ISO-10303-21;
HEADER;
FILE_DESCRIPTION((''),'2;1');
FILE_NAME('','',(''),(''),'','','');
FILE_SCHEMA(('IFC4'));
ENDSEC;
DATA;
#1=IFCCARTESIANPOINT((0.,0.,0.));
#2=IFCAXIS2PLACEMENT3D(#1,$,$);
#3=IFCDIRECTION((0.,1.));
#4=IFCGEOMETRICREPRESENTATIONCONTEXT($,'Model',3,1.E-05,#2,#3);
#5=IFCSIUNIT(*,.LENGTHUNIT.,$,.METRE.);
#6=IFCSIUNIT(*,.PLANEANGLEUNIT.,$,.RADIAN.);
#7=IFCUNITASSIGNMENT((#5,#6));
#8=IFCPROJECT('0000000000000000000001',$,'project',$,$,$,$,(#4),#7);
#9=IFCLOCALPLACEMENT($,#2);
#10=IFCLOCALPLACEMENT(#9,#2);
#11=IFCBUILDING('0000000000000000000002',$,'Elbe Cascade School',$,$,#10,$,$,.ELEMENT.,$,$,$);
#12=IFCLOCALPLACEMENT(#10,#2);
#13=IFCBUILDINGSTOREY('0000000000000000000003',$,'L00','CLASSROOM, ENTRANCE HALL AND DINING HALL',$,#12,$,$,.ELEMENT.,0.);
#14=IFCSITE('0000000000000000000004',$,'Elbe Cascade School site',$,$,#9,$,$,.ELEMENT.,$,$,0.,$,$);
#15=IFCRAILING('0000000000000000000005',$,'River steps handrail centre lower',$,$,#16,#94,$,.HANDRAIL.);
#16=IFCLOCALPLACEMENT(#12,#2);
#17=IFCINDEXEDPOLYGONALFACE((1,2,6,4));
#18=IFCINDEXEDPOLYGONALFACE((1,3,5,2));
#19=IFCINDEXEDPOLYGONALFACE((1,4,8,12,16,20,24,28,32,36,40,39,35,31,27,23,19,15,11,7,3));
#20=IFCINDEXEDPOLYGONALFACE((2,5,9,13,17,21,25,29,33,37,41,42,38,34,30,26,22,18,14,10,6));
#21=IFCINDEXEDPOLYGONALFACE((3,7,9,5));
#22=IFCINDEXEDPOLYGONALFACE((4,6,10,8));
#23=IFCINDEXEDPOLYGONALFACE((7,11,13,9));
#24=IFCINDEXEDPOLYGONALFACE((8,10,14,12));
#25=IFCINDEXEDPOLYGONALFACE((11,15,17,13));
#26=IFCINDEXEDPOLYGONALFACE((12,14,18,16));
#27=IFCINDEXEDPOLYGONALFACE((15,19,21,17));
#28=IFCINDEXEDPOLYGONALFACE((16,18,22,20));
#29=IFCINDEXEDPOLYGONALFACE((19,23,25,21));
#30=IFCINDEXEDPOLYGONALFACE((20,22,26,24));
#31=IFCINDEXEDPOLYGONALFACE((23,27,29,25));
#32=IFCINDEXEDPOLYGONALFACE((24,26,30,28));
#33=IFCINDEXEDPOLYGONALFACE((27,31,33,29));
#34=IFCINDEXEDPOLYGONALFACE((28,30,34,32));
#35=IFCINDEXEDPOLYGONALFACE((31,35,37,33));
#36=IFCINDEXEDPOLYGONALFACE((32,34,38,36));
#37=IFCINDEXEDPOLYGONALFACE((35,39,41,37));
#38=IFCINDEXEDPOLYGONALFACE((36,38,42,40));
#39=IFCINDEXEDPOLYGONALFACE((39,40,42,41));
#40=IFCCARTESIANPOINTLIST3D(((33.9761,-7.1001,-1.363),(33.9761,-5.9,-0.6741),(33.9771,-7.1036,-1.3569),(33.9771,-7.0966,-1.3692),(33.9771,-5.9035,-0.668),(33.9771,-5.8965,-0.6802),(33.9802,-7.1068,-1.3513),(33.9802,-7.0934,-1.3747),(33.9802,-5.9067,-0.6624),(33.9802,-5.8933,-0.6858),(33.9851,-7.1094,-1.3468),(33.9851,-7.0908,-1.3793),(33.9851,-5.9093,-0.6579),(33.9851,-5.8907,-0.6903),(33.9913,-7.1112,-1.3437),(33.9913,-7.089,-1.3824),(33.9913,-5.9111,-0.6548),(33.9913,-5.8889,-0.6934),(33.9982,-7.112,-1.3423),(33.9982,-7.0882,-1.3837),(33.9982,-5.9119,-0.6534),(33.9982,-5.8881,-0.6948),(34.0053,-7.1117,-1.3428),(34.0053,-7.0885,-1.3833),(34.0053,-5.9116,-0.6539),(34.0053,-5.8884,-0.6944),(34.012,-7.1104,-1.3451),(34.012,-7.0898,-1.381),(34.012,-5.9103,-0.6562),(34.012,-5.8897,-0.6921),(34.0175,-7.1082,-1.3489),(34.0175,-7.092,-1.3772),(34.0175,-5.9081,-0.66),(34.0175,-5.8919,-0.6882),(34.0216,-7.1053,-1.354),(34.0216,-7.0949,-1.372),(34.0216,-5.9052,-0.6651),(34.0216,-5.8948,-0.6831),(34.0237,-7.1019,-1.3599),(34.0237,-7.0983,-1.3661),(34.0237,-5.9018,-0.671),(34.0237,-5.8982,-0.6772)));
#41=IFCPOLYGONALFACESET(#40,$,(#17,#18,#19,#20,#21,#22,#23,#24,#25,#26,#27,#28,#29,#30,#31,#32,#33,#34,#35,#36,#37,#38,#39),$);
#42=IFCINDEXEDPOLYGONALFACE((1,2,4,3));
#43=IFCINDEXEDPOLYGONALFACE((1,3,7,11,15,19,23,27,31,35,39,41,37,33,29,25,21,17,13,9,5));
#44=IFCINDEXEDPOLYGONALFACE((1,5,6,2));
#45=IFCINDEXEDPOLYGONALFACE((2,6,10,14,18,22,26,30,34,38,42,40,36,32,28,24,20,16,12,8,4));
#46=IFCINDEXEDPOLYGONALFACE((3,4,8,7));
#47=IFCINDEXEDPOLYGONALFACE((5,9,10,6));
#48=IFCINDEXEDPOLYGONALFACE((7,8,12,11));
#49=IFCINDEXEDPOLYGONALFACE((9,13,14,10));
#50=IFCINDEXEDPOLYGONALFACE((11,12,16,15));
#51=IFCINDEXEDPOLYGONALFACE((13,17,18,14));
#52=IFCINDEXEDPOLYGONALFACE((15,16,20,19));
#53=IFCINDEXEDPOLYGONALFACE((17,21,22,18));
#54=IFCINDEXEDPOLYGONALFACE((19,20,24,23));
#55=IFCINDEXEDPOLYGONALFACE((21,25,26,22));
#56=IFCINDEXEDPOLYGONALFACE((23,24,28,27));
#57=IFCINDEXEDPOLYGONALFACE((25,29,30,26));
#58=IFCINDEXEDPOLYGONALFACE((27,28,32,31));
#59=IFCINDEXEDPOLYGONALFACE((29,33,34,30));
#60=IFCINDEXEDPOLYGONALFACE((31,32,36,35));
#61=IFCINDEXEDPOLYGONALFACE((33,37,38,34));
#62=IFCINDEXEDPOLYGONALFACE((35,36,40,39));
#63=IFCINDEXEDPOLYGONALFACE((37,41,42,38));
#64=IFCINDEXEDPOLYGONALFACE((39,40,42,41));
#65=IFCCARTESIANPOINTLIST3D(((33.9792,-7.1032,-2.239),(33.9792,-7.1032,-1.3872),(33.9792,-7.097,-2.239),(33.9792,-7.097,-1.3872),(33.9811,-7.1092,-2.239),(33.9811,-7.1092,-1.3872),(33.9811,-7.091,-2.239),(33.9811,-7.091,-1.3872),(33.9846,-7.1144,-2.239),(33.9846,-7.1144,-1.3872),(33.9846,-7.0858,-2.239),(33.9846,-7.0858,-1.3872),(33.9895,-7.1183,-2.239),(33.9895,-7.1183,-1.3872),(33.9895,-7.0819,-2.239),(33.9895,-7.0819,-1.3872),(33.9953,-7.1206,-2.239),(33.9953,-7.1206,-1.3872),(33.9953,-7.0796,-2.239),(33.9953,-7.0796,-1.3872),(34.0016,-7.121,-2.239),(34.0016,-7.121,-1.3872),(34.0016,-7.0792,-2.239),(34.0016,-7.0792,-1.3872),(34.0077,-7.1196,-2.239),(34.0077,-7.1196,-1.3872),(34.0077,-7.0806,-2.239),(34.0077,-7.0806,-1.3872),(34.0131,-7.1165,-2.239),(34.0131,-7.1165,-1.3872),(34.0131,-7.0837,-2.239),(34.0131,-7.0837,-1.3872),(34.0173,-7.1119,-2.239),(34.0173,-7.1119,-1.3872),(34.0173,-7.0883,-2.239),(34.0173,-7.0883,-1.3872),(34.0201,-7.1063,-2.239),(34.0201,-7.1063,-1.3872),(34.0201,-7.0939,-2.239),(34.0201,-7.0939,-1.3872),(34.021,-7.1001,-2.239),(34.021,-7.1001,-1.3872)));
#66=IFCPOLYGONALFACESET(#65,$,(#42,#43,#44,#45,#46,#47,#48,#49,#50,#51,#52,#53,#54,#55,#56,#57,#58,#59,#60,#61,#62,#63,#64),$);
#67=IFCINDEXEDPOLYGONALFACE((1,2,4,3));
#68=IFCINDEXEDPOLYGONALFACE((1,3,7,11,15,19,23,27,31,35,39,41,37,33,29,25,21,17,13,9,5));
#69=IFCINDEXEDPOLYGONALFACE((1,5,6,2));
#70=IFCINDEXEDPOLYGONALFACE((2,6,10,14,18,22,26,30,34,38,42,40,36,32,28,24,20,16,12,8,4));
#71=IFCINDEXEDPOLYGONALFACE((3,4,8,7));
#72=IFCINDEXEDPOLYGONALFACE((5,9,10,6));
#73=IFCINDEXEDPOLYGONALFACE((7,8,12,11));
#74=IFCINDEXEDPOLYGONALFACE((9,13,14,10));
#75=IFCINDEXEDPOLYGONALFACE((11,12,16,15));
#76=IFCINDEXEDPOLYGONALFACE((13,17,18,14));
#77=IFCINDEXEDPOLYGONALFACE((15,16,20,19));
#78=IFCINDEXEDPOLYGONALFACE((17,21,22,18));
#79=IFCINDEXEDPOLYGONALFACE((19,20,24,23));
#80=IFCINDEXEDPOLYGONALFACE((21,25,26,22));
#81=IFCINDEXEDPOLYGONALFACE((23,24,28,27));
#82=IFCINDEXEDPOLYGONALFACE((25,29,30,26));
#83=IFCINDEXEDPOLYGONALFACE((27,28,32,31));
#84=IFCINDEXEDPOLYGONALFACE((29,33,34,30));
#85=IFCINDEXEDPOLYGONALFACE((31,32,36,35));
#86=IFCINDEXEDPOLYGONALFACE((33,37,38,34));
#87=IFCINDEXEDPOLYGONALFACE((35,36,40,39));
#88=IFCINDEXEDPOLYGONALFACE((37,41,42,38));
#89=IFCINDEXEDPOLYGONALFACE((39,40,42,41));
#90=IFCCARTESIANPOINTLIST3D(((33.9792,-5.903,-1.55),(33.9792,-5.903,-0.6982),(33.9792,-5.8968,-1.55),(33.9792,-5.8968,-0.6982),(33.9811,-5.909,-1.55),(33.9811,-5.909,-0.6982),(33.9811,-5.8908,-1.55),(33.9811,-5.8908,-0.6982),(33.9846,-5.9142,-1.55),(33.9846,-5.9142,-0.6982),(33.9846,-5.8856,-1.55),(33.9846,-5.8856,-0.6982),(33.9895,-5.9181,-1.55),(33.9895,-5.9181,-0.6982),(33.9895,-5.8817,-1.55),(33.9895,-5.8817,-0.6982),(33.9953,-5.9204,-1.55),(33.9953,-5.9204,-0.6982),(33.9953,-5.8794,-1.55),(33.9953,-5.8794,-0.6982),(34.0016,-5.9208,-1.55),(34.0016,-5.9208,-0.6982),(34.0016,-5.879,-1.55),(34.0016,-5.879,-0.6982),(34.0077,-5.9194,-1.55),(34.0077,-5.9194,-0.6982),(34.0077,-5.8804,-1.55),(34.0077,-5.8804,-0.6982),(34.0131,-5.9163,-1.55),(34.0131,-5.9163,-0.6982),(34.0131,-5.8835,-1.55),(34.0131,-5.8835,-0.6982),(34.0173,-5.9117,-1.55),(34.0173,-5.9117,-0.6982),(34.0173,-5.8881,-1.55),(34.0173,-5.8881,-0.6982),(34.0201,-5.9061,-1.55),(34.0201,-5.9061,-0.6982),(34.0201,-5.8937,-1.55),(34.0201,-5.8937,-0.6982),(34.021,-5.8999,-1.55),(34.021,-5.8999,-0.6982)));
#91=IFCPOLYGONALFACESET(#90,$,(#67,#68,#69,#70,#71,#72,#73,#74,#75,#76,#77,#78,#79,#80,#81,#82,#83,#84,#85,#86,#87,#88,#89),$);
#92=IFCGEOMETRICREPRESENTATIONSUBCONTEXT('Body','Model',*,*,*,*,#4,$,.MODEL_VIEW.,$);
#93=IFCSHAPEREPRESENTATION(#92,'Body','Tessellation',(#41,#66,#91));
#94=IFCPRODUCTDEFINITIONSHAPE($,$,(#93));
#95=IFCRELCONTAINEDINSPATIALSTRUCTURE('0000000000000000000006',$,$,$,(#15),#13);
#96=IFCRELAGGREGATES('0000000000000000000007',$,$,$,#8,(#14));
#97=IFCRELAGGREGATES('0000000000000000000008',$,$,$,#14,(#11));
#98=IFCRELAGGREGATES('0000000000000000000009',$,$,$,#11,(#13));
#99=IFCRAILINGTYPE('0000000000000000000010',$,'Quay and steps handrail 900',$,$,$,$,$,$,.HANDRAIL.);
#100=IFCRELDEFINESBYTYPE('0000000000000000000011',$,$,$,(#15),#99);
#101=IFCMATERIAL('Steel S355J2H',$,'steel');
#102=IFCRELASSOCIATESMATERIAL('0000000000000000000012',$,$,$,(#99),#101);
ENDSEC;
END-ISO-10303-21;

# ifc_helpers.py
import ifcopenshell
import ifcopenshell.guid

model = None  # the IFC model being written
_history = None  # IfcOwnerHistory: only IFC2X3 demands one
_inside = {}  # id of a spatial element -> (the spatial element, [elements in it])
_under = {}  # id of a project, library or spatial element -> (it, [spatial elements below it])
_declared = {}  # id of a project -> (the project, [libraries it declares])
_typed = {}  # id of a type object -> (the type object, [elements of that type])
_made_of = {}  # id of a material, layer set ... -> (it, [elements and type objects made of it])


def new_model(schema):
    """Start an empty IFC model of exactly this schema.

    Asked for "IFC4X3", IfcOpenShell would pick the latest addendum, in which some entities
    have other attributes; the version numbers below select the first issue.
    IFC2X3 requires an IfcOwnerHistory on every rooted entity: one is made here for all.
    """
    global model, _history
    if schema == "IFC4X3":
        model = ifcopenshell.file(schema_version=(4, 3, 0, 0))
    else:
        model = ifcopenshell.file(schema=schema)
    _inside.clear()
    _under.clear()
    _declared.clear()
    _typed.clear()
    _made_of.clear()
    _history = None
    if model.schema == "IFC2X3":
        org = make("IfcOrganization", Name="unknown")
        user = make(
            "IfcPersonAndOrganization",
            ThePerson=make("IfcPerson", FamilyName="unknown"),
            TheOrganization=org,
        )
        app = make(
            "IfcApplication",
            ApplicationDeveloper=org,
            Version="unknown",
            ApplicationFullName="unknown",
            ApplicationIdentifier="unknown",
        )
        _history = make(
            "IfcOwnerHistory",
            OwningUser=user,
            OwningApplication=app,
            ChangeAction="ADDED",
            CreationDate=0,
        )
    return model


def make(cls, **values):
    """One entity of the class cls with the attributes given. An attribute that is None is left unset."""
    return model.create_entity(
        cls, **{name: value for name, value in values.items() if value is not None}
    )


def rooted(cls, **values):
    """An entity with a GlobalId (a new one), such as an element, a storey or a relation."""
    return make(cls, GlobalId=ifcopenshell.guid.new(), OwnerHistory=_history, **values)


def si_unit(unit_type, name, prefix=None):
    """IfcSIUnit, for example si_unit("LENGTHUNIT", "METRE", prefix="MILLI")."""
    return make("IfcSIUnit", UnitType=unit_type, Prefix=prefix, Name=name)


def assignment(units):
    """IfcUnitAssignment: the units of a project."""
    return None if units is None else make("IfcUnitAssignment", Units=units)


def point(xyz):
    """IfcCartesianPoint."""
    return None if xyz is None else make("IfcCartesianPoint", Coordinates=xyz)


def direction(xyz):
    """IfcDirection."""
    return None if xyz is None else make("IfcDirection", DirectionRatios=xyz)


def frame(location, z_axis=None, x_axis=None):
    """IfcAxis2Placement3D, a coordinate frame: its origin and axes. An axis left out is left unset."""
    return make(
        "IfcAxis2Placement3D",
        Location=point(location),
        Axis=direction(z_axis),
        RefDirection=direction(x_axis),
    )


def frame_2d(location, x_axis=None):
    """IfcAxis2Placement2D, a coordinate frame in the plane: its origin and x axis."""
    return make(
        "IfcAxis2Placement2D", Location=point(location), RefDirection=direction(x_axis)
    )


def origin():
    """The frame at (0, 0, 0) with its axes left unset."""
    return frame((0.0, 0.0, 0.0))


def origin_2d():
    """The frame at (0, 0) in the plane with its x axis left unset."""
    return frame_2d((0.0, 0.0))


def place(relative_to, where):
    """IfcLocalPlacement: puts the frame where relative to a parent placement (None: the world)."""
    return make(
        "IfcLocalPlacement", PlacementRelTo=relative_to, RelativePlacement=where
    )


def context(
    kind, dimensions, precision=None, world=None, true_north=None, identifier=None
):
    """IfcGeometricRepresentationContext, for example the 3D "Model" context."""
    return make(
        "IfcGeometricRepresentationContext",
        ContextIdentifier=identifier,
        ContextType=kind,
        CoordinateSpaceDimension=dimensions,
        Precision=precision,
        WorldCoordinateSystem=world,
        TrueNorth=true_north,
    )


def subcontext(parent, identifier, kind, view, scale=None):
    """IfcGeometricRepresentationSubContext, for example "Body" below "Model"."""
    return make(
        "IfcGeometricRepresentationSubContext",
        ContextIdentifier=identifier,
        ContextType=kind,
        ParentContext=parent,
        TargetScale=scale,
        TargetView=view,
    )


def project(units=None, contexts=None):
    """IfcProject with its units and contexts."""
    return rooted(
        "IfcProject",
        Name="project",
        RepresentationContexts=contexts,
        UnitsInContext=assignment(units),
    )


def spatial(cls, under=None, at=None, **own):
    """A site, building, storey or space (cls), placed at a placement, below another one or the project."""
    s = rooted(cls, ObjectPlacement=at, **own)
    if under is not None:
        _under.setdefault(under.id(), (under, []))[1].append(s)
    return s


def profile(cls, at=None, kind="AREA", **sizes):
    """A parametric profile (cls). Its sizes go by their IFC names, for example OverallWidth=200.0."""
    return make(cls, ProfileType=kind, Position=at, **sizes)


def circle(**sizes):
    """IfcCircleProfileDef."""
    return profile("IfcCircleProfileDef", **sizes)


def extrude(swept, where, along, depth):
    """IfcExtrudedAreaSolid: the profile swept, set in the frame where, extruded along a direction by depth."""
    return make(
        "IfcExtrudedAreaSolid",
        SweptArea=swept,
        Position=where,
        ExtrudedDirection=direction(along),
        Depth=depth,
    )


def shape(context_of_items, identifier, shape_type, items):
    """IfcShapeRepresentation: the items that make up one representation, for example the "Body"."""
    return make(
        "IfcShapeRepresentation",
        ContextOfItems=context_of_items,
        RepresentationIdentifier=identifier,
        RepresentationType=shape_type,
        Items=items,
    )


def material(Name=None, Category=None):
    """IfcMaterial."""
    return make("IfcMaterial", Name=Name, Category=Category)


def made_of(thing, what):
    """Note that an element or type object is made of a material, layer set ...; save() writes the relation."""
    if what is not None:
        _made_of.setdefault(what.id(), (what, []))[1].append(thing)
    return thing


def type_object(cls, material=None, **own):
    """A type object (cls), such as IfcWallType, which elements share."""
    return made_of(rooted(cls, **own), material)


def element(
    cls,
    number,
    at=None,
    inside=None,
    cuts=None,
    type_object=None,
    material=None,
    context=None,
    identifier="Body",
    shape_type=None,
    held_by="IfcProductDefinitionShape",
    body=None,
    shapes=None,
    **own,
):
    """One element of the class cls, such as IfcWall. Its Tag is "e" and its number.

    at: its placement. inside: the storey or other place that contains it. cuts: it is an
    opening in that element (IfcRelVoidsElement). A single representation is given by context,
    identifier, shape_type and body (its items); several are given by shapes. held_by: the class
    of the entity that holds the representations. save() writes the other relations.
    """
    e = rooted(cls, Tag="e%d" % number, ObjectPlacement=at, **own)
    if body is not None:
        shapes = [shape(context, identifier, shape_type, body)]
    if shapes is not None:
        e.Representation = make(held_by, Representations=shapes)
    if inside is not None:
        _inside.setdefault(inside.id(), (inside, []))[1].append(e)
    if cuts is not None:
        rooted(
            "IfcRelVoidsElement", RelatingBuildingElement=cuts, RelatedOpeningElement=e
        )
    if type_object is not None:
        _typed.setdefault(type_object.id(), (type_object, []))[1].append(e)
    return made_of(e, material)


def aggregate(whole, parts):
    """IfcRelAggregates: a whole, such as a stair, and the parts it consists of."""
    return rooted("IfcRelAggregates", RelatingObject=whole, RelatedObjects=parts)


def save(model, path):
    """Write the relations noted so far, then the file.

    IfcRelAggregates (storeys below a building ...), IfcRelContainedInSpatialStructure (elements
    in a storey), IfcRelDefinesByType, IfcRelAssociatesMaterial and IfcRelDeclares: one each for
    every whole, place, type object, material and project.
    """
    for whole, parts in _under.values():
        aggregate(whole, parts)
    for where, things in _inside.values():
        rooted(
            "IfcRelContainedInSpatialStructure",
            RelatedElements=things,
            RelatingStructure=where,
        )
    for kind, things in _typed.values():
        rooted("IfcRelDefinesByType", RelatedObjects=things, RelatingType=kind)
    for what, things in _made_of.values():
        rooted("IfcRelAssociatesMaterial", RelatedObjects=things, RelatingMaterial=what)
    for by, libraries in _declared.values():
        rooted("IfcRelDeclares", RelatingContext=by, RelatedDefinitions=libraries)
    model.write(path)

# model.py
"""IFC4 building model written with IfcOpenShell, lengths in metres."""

from ifc_helpers import new_model, si_unit, direction, frame, origin, origin_2d, place, context, subcontext, project, spatial, circle, extrude, material, type_object, element, save


model = new_model("IFC4")

# Units and contexts
model_context = context("Model", 3, precision=1e-05, world=origin(), true_north=direction((0.0, 1.0)))
body_context = subcontext(model_context, "Body", "Model", "MODEL_VIEW")
ifc_project = project(units=[si_unit("LENGTHUNIT", "METRE"), si_unit("PLANEANGLEUNIT", "RADIAN")], contexts=[model_context])

# Site, building, storey
site_placement = place(None, origin())
site = spatial("IfcSite", under=ifc_project, at=site_placement, Name="Elbe Cascade School site", CompositionType="ELEMENT", RefElevation=0.0)
building_placement = place(site_placement, origin())
building = spatial("IfcBuilding", under=site, at=building_placement, Name="Elbe Cascade School", CompositionType="ELEMENT")
storey_placement = place(building_placement, origin())
storey = spatial("IfcBuildingStorey", under=building, at=storey_placement, Name="L00", Description="CLASSROOM, ENTRANCE HALL AND DINING HALL", CompositionType="ELEMENT", Elevation=0.0)

# Railing
ifc_material_1 = material(Name="Steel S355J2H", Category="steel")
railing_type_1 = type_object("IfcRailingType", Name="Quay and steps handrail 900", PredefinedType="HANDRAIL", material=ifc_material_1)
railing_1_placement = place(storey_placement, frame((34.0, -7.1001, -2.239)))
element("IfcRailing", 1, at=railing_1_placement, inside=storey, type_object=railing_type_1, Name="River steps handrail centre lower", PredefinedType="HANDRAIL", context=body_context, shape_type="SweptSolid", body=[
    extrude(circle(Radius=0.0239, at=origin_2d()), frame((0.0, 0.0, 0.876), z_axis=(0.0, 0.867264, 0.497848), x_axis=(-1.0, 0.0, 0.0)), (0.0, 0.0, 1.0), 1.3838),
    extrude(circle(Radius=0.021, at=origin_2d()), origin(), (0.0, 0.0, 1.0), 0.8518),
    extrude(circle(Radius=0.021, at=origin_2d()), frame((0.0, 1.2002, 0.689)), (0.0, 0.0, 1.0), 0.8518),
])

save(model, "model.ifc")
